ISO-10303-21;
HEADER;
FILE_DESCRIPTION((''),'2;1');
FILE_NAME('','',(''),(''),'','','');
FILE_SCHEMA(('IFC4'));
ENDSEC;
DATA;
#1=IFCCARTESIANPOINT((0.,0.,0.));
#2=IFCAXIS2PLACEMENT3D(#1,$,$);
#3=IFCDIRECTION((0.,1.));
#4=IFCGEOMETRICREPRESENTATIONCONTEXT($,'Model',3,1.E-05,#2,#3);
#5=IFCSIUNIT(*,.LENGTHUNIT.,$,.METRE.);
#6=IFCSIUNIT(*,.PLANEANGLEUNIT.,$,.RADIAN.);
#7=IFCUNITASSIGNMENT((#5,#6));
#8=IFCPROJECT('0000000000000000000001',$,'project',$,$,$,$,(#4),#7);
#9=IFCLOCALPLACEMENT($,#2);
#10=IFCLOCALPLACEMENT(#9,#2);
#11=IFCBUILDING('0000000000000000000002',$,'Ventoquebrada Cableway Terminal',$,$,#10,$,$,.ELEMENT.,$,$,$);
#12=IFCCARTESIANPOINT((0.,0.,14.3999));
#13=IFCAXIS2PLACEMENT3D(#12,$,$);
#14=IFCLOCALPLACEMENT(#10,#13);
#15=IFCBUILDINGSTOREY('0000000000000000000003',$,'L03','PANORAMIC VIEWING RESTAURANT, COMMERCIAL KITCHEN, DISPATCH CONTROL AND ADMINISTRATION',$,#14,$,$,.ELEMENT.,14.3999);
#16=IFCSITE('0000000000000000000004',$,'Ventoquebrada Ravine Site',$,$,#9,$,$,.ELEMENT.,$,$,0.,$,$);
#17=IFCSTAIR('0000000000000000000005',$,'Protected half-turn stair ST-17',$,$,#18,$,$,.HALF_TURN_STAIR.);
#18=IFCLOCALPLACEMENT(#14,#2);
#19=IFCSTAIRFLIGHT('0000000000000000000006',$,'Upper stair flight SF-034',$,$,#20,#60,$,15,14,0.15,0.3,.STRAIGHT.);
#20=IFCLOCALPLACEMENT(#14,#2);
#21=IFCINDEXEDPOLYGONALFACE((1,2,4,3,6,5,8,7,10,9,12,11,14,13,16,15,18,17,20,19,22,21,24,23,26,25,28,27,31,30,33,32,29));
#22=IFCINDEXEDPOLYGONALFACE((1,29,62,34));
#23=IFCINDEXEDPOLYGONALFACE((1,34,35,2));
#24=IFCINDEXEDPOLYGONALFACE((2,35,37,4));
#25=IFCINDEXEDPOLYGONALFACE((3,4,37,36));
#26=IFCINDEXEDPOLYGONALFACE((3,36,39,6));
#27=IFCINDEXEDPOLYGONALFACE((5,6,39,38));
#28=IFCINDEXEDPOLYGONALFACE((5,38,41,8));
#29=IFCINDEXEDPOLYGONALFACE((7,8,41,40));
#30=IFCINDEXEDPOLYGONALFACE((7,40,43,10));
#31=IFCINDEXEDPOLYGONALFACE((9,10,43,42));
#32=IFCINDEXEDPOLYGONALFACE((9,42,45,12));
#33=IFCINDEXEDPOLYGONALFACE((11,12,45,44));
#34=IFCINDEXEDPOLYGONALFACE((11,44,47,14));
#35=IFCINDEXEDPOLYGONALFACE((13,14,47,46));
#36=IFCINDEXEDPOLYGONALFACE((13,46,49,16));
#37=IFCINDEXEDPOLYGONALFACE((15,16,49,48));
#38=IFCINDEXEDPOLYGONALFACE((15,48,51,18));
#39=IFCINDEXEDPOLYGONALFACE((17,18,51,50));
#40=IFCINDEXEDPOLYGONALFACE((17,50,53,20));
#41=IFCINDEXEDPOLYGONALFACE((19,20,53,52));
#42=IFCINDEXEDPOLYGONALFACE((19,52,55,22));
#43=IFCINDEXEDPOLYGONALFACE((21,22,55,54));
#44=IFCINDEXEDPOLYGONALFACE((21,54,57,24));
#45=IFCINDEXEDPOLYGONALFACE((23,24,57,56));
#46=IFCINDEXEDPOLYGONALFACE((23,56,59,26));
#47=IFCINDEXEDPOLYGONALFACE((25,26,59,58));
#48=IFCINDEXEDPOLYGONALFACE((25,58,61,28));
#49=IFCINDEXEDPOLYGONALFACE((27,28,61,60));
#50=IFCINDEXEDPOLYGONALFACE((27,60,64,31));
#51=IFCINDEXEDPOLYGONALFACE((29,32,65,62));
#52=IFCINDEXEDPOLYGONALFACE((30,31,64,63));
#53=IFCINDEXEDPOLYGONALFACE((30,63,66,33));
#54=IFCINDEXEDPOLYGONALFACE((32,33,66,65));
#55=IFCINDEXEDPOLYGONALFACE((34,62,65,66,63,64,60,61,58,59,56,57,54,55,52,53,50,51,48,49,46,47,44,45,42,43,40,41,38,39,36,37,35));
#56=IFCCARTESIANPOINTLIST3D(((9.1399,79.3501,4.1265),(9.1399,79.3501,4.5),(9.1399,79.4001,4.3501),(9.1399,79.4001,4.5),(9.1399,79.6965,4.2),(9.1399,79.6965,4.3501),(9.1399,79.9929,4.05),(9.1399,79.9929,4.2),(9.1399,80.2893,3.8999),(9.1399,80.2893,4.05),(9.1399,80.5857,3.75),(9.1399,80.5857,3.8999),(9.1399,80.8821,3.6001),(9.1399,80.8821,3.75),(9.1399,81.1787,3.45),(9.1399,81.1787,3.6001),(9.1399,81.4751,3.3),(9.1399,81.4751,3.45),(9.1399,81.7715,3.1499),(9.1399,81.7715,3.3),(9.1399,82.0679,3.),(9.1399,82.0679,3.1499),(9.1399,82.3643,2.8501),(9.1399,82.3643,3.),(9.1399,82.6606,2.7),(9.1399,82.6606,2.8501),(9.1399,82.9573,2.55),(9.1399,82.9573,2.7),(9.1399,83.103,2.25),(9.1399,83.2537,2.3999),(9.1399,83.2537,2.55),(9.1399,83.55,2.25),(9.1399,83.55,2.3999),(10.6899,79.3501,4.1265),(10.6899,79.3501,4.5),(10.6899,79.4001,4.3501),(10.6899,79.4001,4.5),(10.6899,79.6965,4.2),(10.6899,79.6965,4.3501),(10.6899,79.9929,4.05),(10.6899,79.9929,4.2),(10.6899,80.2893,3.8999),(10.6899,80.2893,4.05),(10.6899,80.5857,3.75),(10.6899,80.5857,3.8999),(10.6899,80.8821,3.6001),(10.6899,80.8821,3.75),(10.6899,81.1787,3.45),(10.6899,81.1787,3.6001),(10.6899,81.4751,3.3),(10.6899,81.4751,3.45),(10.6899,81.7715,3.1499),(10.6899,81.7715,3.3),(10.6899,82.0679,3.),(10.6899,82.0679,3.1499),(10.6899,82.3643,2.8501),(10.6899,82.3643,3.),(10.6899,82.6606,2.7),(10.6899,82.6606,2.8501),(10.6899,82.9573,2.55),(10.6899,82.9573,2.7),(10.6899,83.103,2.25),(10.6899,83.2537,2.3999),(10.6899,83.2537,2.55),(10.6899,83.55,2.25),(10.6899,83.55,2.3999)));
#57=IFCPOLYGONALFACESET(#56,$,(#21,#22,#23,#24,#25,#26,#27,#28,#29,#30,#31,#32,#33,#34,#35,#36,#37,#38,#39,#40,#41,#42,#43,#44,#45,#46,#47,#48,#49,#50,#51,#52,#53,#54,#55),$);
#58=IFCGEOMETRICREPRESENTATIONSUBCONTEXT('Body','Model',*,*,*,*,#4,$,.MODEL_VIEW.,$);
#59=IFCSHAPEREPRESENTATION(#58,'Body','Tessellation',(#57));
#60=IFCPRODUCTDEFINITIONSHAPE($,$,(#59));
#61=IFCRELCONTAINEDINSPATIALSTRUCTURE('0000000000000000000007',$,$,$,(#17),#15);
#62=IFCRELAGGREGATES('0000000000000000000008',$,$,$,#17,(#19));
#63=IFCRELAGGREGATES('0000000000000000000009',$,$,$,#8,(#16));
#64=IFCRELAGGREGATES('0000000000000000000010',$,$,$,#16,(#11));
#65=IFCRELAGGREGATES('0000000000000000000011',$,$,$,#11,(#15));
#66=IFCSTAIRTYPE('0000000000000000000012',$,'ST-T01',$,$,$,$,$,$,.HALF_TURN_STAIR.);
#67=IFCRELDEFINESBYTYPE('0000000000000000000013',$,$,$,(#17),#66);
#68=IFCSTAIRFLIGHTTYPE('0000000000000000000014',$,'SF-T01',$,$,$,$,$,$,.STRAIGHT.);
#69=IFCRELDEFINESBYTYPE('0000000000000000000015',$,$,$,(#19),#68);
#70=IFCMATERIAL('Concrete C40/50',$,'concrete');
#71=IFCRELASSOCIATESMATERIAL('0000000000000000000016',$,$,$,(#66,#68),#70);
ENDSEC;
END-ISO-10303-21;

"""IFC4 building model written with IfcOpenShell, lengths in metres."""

from ifc_helpers import new_model, si_unit, direction, frame, origin, place, context, subcontext, project, spatial, polyline, outline, extrude, material, type_object, element, aggregate, save


model = new_model("IFC4")

# Units and contexts
model_context = context("Model", 3, precision=1e-05, world=origin(), true_north=direction((0.0, 1.0)))
body_context = subcontext(model_context, "Body", "Model", "MODEL_VIEW")
ifc_project = project(units=[si_unit("LENGTHUNIT", "METRE"), si_unit("PLANEANGLEUNIT", "RADIAN")], contexts=[model_context])

# Site, building, storey
site_placement = place(None, origin())
site = spatial("IfcSite", under=ifc_project, at=site_placement, Name="Ventoquebrada Ravine Site", CompositionType="ELEMENT", RefElevation=0.0)
building_placement = place(site_placement, origin())
building = spatial("IfcBuilding", under=site, at=building_placement, Name="Ventoquebrada Cableway Terminal", CompositionType="ELEMENT")
storey_placement = place(building_placement, frame((0.0, 0.0, 14.3999)))
storey = spatial("IfcBuildingStorey", under=building, at=storey_placement, Name="L03", Description="PANORAMIC VIEWING RESTAURANT, COMMERCIAL KITCHEN, DISPATCH CONTROL AND ADMINISTRATION", CompositionType="ELEMENT", Elevation=14.3999)

# Shared definitions
ifc_material_1 = material(Name="Concrete C40/50", Category="concrete")

# Stair, stair flight
stair_type = type_object("IfcStairType", Name="ST-T01", PredefinedType="HALF_TURN_STAIR", material=ifc_material_1)
stair_placement = place(storey_placement, origin())
stair = element("IfcStair", 1, at=stair_placement, inside=storey, type_object=stair_type, Name="Protected half-turn stair ST-17", PredefinedType="HALF_TURN_STAIR")
stair_flight_type = type_object("IfcStairFlightType", Name="SF-T01", PredefinedType="STRAIGHT", material=ifc_material_1)
stair_flight_placement = place(storey_placement, frame((9.915, 83.55, 2.25), z_axis=(0.0, 0.0, 1.0), x_axis=(0.0, -1.0, 0.0)))
stair_flight = element("IfcStairFlight", 2, at=stair_flight_placement, type_object=stair_flight_type, Name="Upper stair flight SF-034", NumberOfRisers=15, NumberOfTreads=14, PredefinedType="STRAIGHT", RiserHeight=0.15, TreadLength=0.3, context=body_context, shape_type="SweptSolid", body=[
    extrude(outline(polyline([(0.0, 0.0), (0.0, 0.1499), (0.2964, 0.1499), (0.2964, 0.3), (0.5928, 0.3), (0.5928, 0.45), (0.8894, 0.45), (0.8894, 0.6001), (1.1858, 0.6001), (1.1858, 0.75), (1.4822, 0.75), (1.4822, 0.8999), (1.7786, 0.8999), (1.7786, 1.05), (2.075, 1.05), (2.075, 1.2), (2.3713, 1.2), (2.3713, 1.3501), (2.668, 1.3501), (2.668, 1.5), (2.9644, 1.5), (2.9644, 1.6499), (3.2607, 1.6499), (3.2607, 1.8), (3.5571, 1.8), (3.5571, 1.95), (3.8535, 1.95), (3.8535, 2.1001), (4.1499, 2.1001), (4.1499, 2.25), (4.2, 2.25), (4.2, 1.8765), (0.447, 0.0), (0.0, 0.0)])), frame((0.0, 0.7749, 0.0), z_axis=(0.0, -1.0, 0.0), x_axis=(1.0, 0.0, 0.0)), (0.0, 0.0, 1.0), 1.55),
])
aggregate(stair, [stair_flight])

save(model, "model.ifc")
